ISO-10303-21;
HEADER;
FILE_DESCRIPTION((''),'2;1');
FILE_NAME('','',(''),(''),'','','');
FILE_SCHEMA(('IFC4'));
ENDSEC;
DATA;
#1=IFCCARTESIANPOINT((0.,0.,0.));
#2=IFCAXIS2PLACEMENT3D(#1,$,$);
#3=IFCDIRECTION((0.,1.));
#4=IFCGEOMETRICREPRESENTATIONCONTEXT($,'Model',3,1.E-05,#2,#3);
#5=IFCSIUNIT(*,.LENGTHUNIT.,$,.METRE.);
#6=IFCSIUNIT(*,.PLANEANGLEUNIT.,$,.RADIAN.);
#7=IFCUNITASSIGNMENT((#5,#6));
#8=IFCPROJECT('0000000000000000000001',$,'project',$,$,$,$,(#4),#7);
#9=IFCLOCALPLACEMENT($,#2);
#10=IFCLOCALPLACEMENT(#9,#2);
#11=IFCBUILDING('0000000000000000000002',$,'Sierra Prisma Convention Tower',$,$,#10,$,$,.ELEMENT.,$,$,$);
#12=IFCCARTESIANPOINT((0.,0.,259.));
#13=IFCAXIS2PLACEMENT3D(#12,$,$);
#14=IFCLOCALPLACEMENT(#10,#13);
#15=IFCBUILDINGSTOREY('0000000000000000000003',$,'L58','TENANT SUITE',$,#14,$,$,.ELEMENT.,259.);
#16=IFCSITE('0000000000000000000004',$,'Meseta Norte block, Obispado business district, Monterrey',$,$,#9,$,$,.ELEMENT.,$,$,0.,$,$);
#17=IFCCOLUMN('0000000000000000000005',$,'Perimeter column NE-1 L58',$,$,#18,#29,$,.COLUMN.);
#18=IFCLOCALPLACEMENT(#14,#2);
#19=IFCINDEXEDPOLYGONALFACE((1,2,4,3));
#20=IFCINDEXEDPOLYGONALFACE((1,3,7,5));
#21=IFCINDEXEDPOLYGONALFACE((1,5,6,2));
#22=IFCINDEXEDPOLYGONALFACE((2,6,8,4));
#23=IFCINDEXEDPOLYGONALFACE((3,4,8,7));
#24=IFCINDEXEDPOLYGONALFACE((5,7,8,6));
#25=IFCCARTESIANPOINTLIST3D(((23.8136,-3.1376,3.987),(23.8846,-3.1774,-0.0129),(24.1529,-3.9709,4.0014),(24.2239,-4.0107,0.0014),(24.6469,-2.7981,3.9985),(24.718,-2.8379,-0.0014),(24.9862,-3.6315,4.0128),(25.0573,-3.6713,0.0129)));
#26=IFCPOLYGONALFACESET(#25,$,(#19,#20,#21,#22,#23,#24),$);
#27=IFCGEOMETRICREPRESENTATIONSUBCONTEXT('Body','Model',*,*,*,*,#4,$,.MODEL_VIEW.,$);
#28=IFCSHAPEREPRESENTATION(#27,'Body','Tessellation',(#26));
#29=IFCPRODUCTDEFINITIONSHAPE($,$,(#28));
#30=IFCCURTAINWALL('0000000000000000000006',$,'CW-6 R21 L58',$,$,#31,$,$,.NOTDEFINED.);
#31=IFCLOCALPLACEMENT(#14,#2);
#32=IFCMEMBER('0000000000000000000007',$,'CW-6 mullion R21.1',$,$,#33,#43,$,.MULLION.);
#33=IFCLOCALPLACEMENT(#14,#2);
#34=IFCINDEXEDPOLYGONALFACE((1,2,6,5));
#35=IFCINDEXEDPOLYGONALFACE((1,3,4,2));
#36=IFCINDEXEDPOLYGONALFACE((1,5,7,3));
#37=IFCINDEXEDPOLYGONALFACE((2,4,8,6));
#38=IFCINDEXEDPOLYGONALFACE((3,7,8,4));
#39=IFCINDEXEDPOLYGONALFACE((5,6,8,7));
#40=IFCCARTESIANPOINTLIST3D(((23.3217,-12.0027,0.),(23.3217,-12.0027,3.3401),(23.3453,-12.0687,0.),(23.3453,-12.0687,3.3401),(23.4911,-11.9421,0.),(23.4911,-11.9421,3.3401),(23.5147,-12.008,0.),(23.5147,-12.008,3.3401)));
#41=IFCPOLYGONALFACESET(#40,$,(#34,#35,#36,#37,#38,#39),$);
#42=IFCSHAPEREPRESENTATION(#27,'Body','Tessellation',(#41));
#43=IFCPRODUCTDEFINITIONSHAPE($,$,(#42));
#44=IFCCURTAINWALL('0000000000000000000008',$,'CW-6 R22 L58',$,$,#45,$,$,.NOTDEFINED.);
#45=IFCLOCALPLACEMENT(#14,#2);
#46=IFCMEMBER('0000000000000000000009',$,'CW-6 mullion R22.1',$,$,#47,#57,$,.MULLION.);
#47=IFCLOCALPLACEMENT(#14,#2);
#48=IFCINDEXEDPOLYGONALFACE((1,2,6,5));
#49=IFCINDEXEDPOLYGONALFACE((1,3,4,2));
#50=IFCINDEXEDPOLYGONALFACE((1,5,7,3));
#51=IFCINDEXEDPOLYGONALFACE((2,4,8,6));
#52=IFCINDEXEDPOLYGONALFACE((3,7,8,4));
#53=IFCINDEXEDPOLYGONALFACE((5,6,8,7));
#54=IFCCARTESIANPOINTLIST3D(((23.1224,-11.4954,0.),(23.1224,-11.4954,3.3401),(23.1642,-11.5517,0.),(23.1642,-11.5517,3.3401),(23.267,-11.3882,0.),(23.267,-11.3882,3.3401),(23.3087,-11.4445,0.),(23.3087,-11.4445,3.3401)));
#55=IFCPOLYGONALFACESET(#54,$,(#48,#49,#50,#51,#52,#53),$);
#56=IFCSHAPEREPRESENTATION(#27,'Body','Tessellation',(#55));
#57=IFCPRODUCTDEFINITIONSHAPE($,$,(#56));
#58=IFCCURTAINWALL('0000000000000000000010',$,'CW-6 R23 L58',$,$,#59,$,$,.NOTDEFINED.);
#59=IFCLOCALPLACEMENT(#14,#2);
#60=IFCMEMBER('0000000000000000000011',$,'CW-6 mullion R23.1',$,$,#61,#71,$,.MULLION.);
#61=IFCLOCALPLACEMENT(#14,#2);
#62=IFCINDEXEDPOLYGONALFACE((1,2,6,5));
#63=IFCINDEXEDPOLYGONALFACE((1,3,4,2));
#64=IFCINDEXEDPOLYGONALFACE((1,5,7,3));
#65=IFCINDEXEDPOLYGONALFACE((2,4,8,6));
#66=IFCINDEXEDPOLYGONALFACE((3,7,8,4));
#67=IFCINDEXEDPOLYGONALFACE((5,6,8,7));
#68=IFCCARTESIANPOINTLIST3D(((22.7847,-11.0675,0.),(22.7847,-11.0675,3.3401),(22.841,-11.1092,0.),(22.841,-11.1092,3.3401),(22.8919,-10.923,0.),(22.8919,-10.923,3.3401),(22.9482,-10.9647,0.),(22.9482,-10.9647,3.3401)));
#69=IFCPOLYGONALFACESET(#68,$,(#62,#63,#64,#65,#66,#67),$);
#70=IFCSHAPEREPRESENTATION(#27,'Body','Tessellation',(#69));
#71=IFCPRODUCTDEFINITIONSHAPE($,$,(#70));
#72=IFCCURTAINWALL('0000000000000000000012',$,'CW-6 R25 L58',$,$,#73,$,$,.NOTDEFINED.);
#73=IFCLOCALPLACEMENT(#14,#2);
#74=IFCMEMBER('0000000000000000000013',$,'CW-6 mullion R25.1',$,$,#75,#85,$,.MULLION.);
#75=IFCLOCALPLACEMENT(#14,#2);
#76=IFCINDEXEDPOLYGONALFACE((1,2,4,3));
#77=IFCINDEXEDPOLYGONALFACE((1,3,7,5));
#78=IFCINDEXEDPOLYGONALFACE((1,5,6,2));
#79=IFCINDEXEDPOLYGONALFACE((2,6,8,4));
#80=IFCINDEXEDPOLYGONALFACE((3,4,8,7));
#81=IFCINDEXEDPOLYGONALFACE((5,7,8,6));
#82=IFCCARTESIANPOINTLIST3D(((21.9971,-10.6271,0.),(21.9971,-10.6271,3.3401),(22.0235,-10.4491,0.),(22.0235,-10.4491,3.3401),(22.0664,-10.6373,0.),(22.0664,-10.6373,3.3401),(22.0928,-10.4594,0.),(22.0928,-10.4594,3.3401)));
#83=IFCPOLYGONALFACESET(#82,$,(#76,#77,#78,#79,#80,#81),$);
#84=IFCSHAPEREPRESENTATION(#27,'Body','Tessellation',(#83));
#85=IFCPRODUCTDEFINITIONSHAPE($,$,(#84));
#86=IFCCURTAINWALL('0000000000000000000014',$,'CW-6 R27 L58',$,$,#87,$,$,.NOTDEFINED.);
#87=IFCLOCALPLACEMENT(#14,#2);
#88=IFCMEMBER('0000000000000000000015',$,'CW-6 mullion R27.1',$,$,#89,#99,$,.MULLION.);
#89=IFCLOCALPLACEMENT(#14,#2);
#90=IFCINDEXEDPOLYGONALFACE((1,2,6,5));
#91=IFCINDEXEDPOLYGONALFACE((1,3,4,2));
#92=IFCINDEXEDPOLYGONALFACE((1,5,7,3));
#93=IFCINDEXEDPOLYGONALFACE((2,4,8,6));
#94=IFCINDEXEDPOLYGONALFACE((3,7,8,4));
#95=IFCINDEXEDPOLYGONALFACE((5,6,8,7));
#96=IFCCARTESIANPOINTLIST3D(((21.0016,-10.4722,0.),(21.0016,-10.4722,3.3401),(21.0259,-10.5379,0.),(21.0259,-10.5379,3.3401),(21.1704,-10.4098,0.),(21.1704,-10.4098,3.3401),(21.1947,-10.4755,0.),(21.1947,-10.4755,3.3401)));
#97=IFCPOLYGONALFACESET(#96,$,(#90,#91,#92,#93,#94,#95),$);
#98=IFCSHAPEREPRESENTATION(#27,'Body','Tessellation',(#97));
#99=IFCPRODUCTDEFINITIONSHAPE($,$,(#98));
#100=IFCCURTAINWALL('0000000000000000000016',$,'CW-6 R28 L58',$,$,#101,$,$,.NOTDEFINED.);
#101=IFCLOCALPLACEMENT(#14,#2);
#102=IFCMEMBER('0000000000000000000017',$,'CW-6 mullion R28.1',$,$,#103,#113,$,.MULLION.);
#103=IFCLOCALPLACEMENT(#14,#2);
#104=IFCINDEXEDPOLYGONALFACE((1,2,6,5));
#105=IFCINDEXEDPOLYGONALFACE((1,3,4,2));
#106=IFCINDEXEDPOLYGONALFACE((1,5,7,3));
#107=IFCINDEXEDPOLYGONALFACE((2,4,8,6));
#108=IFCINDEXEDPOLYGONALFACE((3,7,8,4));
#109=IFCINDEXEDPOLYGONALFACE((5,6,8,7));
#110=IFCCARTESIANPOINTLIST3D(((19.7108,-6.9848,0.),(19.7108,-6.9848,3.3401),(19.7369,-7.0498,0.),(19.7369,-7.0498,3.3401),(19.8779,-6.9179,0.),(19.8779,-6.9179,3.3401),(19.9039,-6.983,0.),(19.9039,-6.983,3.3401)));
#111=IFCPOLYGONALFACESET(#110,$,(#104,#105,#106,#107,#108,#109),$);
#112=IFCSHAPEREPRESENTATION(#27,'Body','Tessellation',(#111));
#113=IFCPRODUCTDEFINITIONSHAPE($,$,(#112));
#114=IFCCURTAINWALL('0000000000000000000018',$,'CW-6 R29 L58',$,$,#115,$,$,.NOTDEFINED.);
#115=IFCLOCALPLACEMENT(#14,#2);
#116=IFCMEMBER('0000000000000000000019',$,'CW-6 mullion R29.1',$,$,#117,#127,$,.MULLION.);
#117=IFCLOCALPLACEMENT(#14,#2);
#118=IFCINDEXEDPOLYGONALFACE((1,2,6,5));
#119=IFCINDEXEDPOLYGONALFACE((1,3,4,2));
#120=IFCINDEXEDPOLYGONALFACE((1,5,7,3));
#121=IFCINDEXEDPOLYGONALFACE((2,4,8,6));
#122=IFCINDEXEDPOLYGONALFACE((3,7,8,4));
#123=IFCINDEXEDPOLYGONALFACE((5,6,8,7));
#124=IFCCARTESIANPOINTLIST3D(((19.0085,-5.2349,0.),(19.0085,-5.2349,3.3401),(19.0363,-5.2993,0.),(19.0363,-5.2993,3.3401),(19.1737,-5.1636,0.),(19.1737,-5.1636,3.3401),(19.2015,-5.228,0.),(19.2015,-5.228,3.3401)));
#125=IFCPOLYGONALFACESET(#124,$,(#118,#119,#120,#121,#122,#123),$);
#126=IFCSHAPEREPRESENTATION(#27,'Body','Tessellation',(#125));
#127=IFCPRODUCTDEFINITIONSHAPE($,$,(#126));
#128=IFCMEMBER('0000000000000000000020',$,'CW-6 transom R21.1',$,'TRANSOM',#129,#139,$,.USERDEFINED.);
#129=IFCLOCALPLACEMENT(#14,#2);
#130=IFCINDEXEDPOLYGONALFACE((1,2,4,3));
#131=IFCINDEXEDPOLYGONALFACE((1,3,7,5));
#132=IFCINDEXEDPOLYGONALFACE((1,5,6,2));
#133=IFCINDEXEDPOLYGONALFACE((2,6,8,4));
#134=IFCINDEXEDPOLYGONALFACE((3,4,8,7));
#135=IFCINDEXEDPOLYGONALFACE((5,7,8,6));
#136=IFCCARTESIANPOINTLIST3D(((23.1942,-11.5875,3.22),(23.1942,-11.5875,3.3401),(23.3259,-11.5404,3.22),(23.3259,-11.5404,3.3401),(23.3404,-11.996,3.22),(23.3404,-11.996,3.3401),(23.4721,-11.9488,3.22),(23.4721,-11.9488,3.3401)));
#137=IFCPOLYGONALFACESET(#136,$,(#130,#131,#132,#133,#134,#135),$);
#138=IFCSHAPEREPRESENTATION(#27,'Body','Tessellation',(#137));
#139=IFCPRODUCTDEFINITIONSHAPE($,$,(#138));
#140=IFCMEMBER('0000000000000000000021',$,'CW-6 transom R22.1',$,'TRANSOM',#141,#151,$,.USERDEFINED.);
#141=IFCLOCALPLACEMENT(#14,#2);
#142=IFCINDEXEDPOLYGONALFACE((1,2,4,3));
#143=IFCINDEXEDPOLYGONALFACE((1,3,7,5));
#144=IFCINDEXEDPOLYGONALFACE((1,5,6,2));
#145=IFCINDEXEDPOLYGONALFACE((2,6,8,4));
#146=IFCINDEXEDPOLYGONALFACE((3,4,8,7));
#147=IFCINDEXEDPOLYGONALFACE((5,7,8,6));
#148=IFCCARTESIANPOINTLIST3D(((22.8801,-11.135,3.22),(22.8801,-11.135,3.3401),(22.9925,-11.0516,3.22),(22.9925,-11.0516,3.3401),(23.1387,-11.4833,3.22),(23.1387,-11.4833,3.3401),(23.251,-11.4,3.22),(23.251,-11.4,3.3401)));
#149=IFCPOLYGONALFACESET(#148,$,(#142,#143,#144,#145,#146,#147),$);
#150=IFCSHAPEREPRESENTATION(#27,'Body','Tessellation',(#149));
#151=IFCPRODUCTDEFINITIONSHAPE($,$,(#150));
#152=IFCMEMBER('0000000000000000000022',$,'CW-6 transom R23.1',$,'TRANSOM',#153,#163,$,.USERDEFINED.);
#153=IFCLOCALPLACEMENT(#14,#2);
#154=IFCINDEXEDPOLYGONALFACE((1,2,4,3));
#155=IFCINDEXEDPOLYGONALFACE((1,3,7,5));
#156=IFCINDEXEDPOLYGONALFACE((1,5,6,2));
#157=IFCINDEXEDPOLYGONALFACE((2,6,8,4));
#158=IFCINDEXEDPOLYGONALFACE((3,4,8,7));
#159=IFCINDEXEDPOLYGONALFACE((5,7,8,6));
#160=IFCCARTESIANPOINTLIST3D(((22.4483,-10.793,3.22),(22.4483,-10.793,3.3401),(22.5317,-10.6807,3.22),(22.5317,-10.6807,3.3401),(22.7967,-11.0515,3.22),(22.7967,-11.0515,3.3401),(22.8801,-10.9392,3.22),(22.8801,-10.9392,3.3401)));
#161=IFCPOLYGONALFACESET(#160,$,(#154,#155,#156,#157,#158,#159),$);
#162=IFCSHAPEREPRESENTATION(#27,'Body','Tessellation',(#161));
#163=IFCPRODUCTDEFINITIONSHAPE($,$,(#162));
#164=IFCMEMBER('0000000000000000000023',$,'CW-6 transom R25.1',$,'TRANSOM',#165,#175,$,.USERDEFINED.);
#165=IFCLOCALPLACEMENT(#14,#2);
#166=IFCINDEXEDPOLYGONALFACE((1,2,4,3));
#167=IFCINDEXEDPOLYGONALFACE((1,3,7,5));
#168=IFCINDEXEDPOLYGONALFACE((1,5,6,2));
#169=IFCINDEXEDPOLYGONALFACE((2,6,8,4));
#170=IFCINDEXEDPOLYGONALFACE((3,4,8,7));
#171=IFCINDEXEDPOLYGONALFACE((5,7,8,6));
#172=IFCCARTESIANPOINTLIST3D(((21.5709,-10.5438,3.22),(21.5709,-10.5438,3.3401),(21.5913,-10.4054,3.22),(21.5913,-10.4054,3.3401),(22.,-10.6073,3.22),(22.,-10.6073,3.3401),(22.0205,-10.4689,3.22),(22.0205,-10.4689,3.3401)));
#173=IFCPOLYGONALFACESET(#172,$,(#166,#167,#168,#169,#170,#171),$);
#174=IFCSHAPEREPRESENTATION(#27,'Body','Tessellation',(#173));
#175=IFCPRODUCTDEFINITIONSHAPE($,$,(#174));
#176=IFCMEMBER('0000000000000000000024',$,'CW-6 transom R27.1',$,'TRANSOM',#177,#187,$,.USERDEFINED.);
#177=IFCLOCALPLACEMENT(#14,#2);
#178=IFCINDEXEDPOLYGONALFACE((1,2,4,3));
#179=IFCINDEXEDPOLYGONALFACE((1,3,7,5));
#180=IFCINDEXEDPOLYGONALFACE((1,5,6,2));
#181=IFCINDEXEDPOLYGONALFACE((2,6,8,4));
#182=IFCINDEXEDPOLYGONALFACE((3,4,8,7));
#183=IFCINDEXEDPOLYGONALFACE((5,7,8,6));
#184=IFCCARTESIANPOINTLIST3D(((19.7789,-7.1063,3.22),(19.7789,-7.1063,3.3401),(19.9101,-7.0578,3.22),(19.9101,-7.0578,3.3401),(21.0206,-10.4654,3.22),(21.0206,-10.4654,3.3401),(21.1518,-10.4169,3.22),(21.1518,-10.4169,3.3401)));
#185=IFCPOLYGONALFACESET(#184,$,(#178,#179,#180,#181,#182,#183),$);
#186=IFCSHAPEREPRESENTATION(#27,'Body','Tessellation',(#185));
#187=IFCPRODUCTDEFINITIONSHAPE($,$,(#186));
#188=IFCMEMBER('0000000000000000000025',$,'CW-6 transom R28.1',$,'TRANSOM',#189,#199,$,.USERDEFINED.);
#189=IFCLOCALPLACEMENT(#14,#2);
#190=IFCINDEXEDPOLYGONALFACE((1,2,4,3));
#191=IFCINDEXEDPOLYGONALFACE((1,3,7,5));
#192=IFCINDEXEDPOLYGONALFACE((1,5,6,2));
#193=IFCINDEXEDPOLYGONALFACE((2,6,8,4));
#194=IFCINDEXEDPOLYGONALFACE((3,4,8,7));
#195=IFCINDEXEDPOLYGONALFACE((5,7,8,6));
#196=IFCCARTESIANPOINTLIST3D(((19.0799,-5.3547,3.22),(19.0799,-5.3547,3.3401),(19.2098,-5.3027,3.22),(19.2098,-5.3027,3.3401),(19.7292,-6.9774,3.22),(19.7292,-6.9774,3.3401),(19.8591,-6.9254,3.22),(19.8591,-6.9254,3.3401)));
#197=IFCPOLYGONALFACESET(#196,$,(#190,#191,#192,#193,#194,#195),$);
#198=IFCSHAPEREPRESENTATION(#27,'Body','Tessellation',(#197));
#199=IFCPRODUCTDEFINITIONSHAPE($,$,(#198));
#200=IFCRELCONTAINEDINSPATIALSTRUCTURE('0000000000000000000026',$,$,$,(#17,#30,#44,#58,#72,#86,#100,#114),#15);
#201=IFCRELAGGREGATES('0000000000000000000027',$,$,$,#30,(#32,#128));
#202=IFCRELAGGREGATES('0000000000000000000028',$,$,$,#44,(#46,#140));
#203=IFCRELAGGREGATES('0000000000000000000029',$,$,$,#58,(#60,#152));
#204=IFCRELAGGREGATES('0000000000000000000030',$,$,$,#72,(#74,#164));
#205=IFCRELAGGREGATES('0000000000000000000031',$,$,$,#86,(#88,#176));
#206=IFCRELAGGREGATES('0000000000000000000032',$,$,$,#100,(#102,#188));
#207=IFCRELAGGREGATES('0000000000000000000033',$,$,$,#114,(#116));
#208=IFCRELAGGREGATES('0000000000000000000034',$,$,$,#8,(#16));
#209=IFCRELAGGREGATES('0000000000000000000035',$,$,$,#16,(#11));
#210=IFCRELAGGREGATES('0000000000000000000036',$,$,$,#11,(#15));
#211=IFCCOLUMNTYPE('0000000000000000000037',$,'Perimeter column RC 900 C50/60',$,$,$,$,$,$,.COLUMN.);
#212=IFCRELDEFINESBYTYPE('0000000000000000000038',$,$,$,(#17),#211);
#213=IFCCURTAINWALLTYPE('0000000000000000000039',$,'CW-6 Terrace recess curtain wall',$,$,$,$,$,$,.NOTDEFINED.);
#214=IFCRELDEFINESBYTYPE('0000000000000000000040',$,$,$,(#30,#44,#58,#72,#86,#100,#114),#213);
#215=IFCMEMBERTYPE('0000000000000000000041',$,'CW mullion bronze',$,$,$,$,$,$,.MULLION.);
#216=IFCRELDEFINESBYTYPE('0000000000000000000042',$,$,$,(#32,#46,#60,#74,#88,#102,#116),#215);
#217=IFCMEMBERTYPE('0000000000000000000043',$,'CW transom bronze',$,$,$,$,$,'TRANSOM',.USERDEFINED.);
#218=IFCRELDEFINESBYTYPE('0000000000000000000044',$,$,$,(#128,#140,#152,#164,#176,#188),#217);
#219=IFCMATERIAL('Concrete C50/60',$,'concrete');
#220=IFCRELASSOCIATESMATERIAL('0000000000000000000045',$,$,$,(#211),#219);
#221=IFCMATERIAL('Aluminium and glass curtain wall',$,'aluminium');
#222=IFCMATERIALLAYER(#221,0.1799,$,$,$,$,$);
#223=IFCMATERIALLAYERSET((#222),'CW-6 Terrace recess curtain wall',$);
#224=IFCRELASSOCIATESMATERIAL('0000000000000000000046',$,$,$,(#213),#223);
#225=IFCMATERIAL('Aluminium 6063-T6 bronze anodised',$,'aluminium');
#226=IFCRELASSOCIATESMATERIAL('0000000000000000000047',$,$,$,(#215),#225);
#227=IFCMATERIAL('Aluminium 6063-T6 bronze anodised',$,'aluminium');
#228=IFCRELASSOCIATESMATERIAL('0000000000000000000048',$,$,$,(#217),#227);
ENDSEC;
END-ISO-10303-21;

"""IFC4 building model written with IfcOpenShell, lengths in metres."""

from ifc_helpers import new_model, si_unit, direction, frame, origin, origin_2d, place, context, subcontext, project, spatial, rectangle, extrude, material, layer, layer_set, material_profile, profile_set, type_object, element, aggregate, save


model = new_model("IFC4")

# Units and contexts
model_context = context("Model", 3, precision=1e-05, world=origin(), true_north=direction((0.0, 1.0)))
body_context = subcontext(model_context, "Body", "Model", "MODEL_VIEW")
ifc_project = project(units=[si_unit("LENGTHUNIT", "METRE"), si_unit("PLANEANGLEUNIT", "RADIAN")], contexts=[model_context])

# Site, building, storey
site_placement = place(None, origin())
site = spatial("IfcSite", under=ifc_project, at=site_placement, Name="Meseta Norte block, Obispado business district, Monterrey", CompositionType="ELEMENT", RefElevation=0.0)
building_placement = place(site_placement, origin())
building = spatial("IfcBuilding", under=site, at=building_placement, Name="Sierra Prisma Convention Tower", CompositionType="ELEMENT")
storey_placement = place(building_placement, frame((0.0, 0.0, 259.0)))
storey = spatial("IfcBuildingStorey", under=building, at=storey_placement, Name="L58", Description="TENANT SUITE", CompositionType="ELEMENT", Elevation=259.0)

# Column
ifc_material_1 = material(Name="Concrete C50/60", Category="concrete")
ifc_material_profile_1 = material_profile(ifc_material_1, rectangle(XDim=0.8999, YDim=0.8999, at=origin_2d()), Name="Perimeter column RC 900 C50/60")
ifc_profile_set_1 = profile_set([ifc_material_profile_1], Name="Concrete C50/60")
column_type = type_object("IfcColumnType", Name="Perimeter column RC 900 C50/60", PredefinedType="COLUMN", material=ifc_profile_set_1)
column_placement = place(storey_placement, frame((24.4709, -3.4243, 0.0), z_axis=(-0.017758, 0.009947, 0.999793), x_axis=(-0.37703, 0.926064, -0.01591)))
element("IfcColumn", 1, at=column_placement, inside=storey, type_object=column_type, Name="Perimeter column NE-1 L58", PredefinedType="COLUMN", context=body_context, shape_type="SweptSolid", body=[
    extrude(rectangle(XDim=0.8999, YDim=0.8999, at=origin_2d()), origin(), (0.0, 0.0, 1.0), 4.0007),
])

# Curtain walls, members
ifc_material_2 = material(Name="Aluminium and glass curtain wall", Category="aluminium")
ifc_layer_1 = layer(ifc_material_2, 0.1799)
ifc_layer_set_1 = layer_set([ifc_layer_1], Name="CW-6 Terrace recess curtain wall")
curtain_wall_type = type_object("IfcCurtainWallType", Name="CW-6 Terrace recess curtain wall", PredefinedType="NOTDEFINED", material=ifc_layer_set_1)
curtain_wall_1_placement = place(storey_placement, origin())
curtain_wall_1 = element("IfcCurtainWall", 2, at=curtain_wall_1_placement, inside=storey, type_object=curtain_wall_type, Name="CW-6 R21 L58", PredefinedType="NOTDEFINED")
ifc_material_3 = material(Name="Aluminium 6063-T6 bronze anodised", Category="aluminium")
ifc_material_profile_2 = material_profile(ifc_material_3, rectangle(XDim=0.1799, YDim=0.0701, at=origin_2d()), Name="ALU MULLION 70x180")
ifc_profile_set_2 = profile_set([ifc_material_profile_2], Name="Aluminium 6063-T6 bronze anodised")
member_type_1 = type_object("IfcMemberType", Name="CW mullion bronze", PredefinedType="MULLION", material=ifc_profile_set_2)
member_1_placement = place(storey_placement, frame((23.4182, -12.0054, 0.0), z_axis=(0.0, 0.0, 1.0), x_axis=(-0.941544, -0.33689, 0.0)))
member_1 = element("IfcMember", 3, at=member_1_placement, type_object=member_type_1, Name="CW-6 mullion R21.1", PredefinedType="MULLION", context=body_context, shape_type="SweptSolid", body=[
    extrude(rectangle(XDim=0.1799, YDim=0.0701, at=origin_2d()), origin(), (0.0, 0.0, 1.0), 3.3401),
])
curtain_wall_2_placement = place(storey_placement, origin())
curtain_wall_2 = element("IfcCurtainWall", 4, at=curtain_wall_2_placement, inside=storey, type_object=curtain_wall_type, Name="CW-6 R22 L58", PredefinedType="NOTDEFINED")
member_2_placement = place(storey_placement, frame((23.2156, -11.47, 0.0), z_axis=(0.0, 0.0, 1.0), x_axis=(-0.803208, -0.595699, 0.0)))
member_2 = element("IfcMember", 5, at=member_2_placement, type_object=member_type_1, Name="CW-6 mullion R22.1", PredefinedType="MULLION", context=body_context, shape_type="SweptSolid", body=[
    extrude(rectangle(XDim=0.1799, YDim=0.0701, at=origin_2d()), origin(), (0.0, 0.0, 1.0), 3.3401),
])
curtain_wall_3_placement = place(storey_placement, origin())
curtain_wall_3 = element("IfcCurtainWall", 6, at=curtain_wall_3_placement, inside=storey, type_object=curtain_wall_type, Name="CW-6 R23 L58", PredefinedType="NOTDEFINED")
member_3_placement = place(storey_placement, frame((22.8665, -11.0161, 0.0), z_axis=(0.0, 0.0, 1.0), x_axis=(-0.595699, -0.803208, 0.0)))
member_3 = element("IfcMember", 7, at=member_3_placement, type_object=member_type_1, Name="CW-6 mullion R23.1", PredefinedType="MULLION", context=body_context, shape_type="SweptSolid", body=[
    extrude(rectangle(XDim=0.1799, YDim=0.0701, at=origin_2d()), origin(), (0.0, 0.0, 1.0), 3.3401),
])
curtain_wall_4_placement = place(storey_placement, origin())
curtain_wall_4 = element("IfcCurtainWall", 8, at=curtain_wall_4_placement, inside=storey, type_object=curtain_wall_type, Name="CW-6 R25 L58", PredefinedType="NOTDEFINED")
member_4_placement = place(storey_placement, frame((22.0449, -10.5432, 0.0), z_axis=(0.0, 0.0, 1.0), x_axis=(-0.14673, -0.989177, 0.0)))
member_4 = element("IfcMember", 9, at=member_4_placement, type_object=member_type_1, Name="CW-6 mullion R25.1", PredefinedType="MULLION", context=body_context, shape_type="SweptSolid", body=[
    extrude(rectangle(XDim=0.1799, YDim=0.0701, at=origin_2d()), origin(), (0.0, 0.0, 1.0), 3.3401),
])
curtain_wall_5_placement = place(storey_placement, origin())
curtain_wall_5 = element("IfcCurtainWall", 10, at=curtain_wall_5_placement, inside=storey, type_object=curtain_wall_type, Name="CW-6 R27 L58", PredefinedType="NOTDEFINED")
member_5_placement = place(storey_placement, frame((21.0981, -10.4739, 0.0), z_axis=(0.0, 0.0, 1.0), x_axis=(-0.937981, -0.346686, 0.0)))
member_5 = element("IfcMember", 11, at=member_5_placement, type_object=member_type_1, Name="CW-6 mullion R27.1", PredefinedType="MULLION", context=body_context, shape_type="SweptSolid", body=[
    extrude(rectangle(XDim=0.1799, YDim=0.0701, at=origin_2d()), origin(), (0.0, 0.0, 1.0), 3.3401),
])
curtain_wall_6_placement = place(storey_placement, origin())
curtain_wall_6 = element("IfcCurtainWall", 12, at=curtain_wall_6_placement, inside=storey, type_object=curtain_wall_type, Name="CW-6 R28 L58", PredefinedType="NOTDEFINED")
member_6_placement = place(storey_placement, frame((19.8074, -6.9839, 0.0), z_axis=(0.0, 0.0, 1.0), x_axis=(-0.928406, -0.371569, 0.0)))
member_6 = element("IfcMember", 13, at=member_6_placement, type_object=member_type_1, Name="CW-6 mullion R28.1", PredefinedType="MULLION", context=body_context, shape_type="SweptSolid", body=[
    extrude(rectangle(XDim=0.1799, YDim=0.0701, at=origin_2d()), origin(), (0.0, 0.0, 1.0), 3.3401),
])
curtain_wall_7_placement = place(storey_placement, origin())
curtain_wall_7 = element("IfcCurtainWall", 14, at=curtain_wall_7_placement, inside=storey, type_object=curtain_wall_type, Name="CW-6 R29 L58", PredefinedType="NOTDEFINED")
member_7_placement = place(storey_placement, frame((19.105, -5.2314, 0.0), z_axis=(0.0, 0.0, 1.0), x_axis=(-0.918118, -0.396308, 0.0)))
member_7 = element("IfcMember", 15, at=member_7_placement, type_object=member_type_1, Name="CW-6 mullion R29.1", PredefinedType="MULLION", context=body_context, shape_type="SweptSolid", body=[
    extrude(rectangle(XDim=0.1799, YDim=0.0701, at=origin_2d()), origin(), (0.0, 0.0, 1.0), 3.3401),
])

# Members
ifc_material_4 = material(Name="Aluminium 6063-T6 bronze anodised", Category="aluminium")
ifc_material_profile_3 = material_profile(ifc_material_4, rectangle(XDim=0.1399, YDim=0.1201, at=origin_2d()), Name="ALU TRANSOM 120x140")
ifc_profile_set_3 = profile_set([ifc_material_profile_3], Name="Aluminium 6063-T6 bronze anodised")
member_type_2 = type_object("IfcMemberType", Name="CW transom bronze", ElementType="TRANSOM", PredefinedType="USERDEFINED", material=ifc_profile_set_3)
member_8_placement = place(storey_placement, frame((23.4062, -11.9724, 3.28), z_axis=(-0.337085, 0.941474, 0.0), x_axis=(-0.941474, -0.337085, 0.0)))
member_8 = element("IfcMember", 16, at=member_8_placement, type_object=member_type_2, Name="CW-6 transom R21.1", ObjectType="TRANSOM", PredefinedType="USERDEFINED", context=body_context, shape_type="SweptSolid", body=[
    extrude(rectangle(XDim=0.1399, YDim=0.1201, at=origin_2d()), origin(), (0.0, 0.0, 1.0), 0.4338),
])
member_9_placement = place(storey_placement, frame((23.1948, -11.4417, 3.28), z_axis=(-0.595941, 0.803029, 0.0), x_axis=(-0.803029, -0.595941, 0.0)))
member_9 = element("IfcMember", 17, at=member_9_placement, type_object=member_type_2, Name="CW-6 transom R22.1", ObjectType="TRANSOM", PredefinedType="USERDEFINED", context=body_context, shape_type="SweptSolid", body=[
    extrude(rectangle(XDim=0.1399, YDim=0.1201, at=origin_2d()), origin(), (0.0, 0.0, 1.0), 0.4338),
])
member_10_placement = place(storey_placement, frame((22.8384, -10.9954, 3.28), z_axis=(-0.803029, 0.595941, 0.0), x_axis=(-0.595941, -0.803029, 0.0)))
member_10 = element("IfcMember", 18, at=member_10_placement, type_object=member_type_2, Name="CW-6 transom R23.1", ObjectType="TRANSOM", PredefinedType="USERDEFINED", context=body_context, shape_type="SweptSolid", body=[
    extrude(rectangle(XDim=0.1399, YDim=0.1201, at=origin_2d()), origin(), (0.0, 0.0, 1.0), 0.4338),
])
member_11_placement = place(storey_placement, frame((22.0103, -10.5381, 3.28), z_axis=(-0.98924, 0.146304, 0.0), x_axis=(-0.146304, -0.98924, 0.0)))
member_11 = element("IfcMember", 19, at=member_11_placement, type_object=member_type_2, Name="CW-6 transom R25.1", ObjectType="TRANSOM", PredefinedType="USERDEFINED", context=body_context, shape_type="SweptSolid", body=[
    extrude(rectangle(XDim=0.1399, YDim=0.1201, at=origin_2d()), origin(), (0.0, 0.0, 1.0), 0.4338),
])
member_12_placement = place(storey_placement, frame((21.0862, -10.4412, 3.28), z_axis=(-0.346719, 0.937969, 0.0), x_axis=(-0.937969, -0.346719, 0.0)))
member_12 = element("IfcMember", 20, at=member_12_placement, type_object=member_type_2, Name="CW-6 transom R27.1", ObjectType="TRANSOM", PredefinedType="USERDEFINED", context=body_context, shape_type="SweptSolid", body=[
    extrude(rectangle(XDim=0.1399, YDim=0.1201, at=origin_2d()), origin(), (0.0, 0.0, 1.0), 3.5813),
])
member_13_placement = place(storey_placement, frame((19.7942, -6.9514, 3.28), z_axis=(-0.371535, 0.928419, 0.0), x_axis=(-0.928419, -0.371535, 0.0)))
member_13 = element("IfcMember", 21, at=member_13_placement, type_object=member_type_2, Name="CW-6 transom R28.1", ObjectType="TRANSOM", PredefinedType="USERDEFINED", context=body_context, shape_type="SweptSolid", body=[
    extrude(rectangle(XDim=0.1399, YDim=0.1201, at=origin_2d()), origin(), (0.0, 0.0, 1.0), 1.7478),
])

aggregate(curtain_wall_1, [member_1, member_8])
aggregate(curtain_wall_2, [member_2, member_9])
aggregate(curtain_wall_3, [member_3, member_10])
aggregate(curtain_wall_4, [member_4, member_11])
aggregate(curtain_wall_5, [member_5, member_12])
aggregate(curtain_wall_6, [member_6, member_13])
aggregate(curtain_wall_7, [member_7])

save(model, "model.ifc")
